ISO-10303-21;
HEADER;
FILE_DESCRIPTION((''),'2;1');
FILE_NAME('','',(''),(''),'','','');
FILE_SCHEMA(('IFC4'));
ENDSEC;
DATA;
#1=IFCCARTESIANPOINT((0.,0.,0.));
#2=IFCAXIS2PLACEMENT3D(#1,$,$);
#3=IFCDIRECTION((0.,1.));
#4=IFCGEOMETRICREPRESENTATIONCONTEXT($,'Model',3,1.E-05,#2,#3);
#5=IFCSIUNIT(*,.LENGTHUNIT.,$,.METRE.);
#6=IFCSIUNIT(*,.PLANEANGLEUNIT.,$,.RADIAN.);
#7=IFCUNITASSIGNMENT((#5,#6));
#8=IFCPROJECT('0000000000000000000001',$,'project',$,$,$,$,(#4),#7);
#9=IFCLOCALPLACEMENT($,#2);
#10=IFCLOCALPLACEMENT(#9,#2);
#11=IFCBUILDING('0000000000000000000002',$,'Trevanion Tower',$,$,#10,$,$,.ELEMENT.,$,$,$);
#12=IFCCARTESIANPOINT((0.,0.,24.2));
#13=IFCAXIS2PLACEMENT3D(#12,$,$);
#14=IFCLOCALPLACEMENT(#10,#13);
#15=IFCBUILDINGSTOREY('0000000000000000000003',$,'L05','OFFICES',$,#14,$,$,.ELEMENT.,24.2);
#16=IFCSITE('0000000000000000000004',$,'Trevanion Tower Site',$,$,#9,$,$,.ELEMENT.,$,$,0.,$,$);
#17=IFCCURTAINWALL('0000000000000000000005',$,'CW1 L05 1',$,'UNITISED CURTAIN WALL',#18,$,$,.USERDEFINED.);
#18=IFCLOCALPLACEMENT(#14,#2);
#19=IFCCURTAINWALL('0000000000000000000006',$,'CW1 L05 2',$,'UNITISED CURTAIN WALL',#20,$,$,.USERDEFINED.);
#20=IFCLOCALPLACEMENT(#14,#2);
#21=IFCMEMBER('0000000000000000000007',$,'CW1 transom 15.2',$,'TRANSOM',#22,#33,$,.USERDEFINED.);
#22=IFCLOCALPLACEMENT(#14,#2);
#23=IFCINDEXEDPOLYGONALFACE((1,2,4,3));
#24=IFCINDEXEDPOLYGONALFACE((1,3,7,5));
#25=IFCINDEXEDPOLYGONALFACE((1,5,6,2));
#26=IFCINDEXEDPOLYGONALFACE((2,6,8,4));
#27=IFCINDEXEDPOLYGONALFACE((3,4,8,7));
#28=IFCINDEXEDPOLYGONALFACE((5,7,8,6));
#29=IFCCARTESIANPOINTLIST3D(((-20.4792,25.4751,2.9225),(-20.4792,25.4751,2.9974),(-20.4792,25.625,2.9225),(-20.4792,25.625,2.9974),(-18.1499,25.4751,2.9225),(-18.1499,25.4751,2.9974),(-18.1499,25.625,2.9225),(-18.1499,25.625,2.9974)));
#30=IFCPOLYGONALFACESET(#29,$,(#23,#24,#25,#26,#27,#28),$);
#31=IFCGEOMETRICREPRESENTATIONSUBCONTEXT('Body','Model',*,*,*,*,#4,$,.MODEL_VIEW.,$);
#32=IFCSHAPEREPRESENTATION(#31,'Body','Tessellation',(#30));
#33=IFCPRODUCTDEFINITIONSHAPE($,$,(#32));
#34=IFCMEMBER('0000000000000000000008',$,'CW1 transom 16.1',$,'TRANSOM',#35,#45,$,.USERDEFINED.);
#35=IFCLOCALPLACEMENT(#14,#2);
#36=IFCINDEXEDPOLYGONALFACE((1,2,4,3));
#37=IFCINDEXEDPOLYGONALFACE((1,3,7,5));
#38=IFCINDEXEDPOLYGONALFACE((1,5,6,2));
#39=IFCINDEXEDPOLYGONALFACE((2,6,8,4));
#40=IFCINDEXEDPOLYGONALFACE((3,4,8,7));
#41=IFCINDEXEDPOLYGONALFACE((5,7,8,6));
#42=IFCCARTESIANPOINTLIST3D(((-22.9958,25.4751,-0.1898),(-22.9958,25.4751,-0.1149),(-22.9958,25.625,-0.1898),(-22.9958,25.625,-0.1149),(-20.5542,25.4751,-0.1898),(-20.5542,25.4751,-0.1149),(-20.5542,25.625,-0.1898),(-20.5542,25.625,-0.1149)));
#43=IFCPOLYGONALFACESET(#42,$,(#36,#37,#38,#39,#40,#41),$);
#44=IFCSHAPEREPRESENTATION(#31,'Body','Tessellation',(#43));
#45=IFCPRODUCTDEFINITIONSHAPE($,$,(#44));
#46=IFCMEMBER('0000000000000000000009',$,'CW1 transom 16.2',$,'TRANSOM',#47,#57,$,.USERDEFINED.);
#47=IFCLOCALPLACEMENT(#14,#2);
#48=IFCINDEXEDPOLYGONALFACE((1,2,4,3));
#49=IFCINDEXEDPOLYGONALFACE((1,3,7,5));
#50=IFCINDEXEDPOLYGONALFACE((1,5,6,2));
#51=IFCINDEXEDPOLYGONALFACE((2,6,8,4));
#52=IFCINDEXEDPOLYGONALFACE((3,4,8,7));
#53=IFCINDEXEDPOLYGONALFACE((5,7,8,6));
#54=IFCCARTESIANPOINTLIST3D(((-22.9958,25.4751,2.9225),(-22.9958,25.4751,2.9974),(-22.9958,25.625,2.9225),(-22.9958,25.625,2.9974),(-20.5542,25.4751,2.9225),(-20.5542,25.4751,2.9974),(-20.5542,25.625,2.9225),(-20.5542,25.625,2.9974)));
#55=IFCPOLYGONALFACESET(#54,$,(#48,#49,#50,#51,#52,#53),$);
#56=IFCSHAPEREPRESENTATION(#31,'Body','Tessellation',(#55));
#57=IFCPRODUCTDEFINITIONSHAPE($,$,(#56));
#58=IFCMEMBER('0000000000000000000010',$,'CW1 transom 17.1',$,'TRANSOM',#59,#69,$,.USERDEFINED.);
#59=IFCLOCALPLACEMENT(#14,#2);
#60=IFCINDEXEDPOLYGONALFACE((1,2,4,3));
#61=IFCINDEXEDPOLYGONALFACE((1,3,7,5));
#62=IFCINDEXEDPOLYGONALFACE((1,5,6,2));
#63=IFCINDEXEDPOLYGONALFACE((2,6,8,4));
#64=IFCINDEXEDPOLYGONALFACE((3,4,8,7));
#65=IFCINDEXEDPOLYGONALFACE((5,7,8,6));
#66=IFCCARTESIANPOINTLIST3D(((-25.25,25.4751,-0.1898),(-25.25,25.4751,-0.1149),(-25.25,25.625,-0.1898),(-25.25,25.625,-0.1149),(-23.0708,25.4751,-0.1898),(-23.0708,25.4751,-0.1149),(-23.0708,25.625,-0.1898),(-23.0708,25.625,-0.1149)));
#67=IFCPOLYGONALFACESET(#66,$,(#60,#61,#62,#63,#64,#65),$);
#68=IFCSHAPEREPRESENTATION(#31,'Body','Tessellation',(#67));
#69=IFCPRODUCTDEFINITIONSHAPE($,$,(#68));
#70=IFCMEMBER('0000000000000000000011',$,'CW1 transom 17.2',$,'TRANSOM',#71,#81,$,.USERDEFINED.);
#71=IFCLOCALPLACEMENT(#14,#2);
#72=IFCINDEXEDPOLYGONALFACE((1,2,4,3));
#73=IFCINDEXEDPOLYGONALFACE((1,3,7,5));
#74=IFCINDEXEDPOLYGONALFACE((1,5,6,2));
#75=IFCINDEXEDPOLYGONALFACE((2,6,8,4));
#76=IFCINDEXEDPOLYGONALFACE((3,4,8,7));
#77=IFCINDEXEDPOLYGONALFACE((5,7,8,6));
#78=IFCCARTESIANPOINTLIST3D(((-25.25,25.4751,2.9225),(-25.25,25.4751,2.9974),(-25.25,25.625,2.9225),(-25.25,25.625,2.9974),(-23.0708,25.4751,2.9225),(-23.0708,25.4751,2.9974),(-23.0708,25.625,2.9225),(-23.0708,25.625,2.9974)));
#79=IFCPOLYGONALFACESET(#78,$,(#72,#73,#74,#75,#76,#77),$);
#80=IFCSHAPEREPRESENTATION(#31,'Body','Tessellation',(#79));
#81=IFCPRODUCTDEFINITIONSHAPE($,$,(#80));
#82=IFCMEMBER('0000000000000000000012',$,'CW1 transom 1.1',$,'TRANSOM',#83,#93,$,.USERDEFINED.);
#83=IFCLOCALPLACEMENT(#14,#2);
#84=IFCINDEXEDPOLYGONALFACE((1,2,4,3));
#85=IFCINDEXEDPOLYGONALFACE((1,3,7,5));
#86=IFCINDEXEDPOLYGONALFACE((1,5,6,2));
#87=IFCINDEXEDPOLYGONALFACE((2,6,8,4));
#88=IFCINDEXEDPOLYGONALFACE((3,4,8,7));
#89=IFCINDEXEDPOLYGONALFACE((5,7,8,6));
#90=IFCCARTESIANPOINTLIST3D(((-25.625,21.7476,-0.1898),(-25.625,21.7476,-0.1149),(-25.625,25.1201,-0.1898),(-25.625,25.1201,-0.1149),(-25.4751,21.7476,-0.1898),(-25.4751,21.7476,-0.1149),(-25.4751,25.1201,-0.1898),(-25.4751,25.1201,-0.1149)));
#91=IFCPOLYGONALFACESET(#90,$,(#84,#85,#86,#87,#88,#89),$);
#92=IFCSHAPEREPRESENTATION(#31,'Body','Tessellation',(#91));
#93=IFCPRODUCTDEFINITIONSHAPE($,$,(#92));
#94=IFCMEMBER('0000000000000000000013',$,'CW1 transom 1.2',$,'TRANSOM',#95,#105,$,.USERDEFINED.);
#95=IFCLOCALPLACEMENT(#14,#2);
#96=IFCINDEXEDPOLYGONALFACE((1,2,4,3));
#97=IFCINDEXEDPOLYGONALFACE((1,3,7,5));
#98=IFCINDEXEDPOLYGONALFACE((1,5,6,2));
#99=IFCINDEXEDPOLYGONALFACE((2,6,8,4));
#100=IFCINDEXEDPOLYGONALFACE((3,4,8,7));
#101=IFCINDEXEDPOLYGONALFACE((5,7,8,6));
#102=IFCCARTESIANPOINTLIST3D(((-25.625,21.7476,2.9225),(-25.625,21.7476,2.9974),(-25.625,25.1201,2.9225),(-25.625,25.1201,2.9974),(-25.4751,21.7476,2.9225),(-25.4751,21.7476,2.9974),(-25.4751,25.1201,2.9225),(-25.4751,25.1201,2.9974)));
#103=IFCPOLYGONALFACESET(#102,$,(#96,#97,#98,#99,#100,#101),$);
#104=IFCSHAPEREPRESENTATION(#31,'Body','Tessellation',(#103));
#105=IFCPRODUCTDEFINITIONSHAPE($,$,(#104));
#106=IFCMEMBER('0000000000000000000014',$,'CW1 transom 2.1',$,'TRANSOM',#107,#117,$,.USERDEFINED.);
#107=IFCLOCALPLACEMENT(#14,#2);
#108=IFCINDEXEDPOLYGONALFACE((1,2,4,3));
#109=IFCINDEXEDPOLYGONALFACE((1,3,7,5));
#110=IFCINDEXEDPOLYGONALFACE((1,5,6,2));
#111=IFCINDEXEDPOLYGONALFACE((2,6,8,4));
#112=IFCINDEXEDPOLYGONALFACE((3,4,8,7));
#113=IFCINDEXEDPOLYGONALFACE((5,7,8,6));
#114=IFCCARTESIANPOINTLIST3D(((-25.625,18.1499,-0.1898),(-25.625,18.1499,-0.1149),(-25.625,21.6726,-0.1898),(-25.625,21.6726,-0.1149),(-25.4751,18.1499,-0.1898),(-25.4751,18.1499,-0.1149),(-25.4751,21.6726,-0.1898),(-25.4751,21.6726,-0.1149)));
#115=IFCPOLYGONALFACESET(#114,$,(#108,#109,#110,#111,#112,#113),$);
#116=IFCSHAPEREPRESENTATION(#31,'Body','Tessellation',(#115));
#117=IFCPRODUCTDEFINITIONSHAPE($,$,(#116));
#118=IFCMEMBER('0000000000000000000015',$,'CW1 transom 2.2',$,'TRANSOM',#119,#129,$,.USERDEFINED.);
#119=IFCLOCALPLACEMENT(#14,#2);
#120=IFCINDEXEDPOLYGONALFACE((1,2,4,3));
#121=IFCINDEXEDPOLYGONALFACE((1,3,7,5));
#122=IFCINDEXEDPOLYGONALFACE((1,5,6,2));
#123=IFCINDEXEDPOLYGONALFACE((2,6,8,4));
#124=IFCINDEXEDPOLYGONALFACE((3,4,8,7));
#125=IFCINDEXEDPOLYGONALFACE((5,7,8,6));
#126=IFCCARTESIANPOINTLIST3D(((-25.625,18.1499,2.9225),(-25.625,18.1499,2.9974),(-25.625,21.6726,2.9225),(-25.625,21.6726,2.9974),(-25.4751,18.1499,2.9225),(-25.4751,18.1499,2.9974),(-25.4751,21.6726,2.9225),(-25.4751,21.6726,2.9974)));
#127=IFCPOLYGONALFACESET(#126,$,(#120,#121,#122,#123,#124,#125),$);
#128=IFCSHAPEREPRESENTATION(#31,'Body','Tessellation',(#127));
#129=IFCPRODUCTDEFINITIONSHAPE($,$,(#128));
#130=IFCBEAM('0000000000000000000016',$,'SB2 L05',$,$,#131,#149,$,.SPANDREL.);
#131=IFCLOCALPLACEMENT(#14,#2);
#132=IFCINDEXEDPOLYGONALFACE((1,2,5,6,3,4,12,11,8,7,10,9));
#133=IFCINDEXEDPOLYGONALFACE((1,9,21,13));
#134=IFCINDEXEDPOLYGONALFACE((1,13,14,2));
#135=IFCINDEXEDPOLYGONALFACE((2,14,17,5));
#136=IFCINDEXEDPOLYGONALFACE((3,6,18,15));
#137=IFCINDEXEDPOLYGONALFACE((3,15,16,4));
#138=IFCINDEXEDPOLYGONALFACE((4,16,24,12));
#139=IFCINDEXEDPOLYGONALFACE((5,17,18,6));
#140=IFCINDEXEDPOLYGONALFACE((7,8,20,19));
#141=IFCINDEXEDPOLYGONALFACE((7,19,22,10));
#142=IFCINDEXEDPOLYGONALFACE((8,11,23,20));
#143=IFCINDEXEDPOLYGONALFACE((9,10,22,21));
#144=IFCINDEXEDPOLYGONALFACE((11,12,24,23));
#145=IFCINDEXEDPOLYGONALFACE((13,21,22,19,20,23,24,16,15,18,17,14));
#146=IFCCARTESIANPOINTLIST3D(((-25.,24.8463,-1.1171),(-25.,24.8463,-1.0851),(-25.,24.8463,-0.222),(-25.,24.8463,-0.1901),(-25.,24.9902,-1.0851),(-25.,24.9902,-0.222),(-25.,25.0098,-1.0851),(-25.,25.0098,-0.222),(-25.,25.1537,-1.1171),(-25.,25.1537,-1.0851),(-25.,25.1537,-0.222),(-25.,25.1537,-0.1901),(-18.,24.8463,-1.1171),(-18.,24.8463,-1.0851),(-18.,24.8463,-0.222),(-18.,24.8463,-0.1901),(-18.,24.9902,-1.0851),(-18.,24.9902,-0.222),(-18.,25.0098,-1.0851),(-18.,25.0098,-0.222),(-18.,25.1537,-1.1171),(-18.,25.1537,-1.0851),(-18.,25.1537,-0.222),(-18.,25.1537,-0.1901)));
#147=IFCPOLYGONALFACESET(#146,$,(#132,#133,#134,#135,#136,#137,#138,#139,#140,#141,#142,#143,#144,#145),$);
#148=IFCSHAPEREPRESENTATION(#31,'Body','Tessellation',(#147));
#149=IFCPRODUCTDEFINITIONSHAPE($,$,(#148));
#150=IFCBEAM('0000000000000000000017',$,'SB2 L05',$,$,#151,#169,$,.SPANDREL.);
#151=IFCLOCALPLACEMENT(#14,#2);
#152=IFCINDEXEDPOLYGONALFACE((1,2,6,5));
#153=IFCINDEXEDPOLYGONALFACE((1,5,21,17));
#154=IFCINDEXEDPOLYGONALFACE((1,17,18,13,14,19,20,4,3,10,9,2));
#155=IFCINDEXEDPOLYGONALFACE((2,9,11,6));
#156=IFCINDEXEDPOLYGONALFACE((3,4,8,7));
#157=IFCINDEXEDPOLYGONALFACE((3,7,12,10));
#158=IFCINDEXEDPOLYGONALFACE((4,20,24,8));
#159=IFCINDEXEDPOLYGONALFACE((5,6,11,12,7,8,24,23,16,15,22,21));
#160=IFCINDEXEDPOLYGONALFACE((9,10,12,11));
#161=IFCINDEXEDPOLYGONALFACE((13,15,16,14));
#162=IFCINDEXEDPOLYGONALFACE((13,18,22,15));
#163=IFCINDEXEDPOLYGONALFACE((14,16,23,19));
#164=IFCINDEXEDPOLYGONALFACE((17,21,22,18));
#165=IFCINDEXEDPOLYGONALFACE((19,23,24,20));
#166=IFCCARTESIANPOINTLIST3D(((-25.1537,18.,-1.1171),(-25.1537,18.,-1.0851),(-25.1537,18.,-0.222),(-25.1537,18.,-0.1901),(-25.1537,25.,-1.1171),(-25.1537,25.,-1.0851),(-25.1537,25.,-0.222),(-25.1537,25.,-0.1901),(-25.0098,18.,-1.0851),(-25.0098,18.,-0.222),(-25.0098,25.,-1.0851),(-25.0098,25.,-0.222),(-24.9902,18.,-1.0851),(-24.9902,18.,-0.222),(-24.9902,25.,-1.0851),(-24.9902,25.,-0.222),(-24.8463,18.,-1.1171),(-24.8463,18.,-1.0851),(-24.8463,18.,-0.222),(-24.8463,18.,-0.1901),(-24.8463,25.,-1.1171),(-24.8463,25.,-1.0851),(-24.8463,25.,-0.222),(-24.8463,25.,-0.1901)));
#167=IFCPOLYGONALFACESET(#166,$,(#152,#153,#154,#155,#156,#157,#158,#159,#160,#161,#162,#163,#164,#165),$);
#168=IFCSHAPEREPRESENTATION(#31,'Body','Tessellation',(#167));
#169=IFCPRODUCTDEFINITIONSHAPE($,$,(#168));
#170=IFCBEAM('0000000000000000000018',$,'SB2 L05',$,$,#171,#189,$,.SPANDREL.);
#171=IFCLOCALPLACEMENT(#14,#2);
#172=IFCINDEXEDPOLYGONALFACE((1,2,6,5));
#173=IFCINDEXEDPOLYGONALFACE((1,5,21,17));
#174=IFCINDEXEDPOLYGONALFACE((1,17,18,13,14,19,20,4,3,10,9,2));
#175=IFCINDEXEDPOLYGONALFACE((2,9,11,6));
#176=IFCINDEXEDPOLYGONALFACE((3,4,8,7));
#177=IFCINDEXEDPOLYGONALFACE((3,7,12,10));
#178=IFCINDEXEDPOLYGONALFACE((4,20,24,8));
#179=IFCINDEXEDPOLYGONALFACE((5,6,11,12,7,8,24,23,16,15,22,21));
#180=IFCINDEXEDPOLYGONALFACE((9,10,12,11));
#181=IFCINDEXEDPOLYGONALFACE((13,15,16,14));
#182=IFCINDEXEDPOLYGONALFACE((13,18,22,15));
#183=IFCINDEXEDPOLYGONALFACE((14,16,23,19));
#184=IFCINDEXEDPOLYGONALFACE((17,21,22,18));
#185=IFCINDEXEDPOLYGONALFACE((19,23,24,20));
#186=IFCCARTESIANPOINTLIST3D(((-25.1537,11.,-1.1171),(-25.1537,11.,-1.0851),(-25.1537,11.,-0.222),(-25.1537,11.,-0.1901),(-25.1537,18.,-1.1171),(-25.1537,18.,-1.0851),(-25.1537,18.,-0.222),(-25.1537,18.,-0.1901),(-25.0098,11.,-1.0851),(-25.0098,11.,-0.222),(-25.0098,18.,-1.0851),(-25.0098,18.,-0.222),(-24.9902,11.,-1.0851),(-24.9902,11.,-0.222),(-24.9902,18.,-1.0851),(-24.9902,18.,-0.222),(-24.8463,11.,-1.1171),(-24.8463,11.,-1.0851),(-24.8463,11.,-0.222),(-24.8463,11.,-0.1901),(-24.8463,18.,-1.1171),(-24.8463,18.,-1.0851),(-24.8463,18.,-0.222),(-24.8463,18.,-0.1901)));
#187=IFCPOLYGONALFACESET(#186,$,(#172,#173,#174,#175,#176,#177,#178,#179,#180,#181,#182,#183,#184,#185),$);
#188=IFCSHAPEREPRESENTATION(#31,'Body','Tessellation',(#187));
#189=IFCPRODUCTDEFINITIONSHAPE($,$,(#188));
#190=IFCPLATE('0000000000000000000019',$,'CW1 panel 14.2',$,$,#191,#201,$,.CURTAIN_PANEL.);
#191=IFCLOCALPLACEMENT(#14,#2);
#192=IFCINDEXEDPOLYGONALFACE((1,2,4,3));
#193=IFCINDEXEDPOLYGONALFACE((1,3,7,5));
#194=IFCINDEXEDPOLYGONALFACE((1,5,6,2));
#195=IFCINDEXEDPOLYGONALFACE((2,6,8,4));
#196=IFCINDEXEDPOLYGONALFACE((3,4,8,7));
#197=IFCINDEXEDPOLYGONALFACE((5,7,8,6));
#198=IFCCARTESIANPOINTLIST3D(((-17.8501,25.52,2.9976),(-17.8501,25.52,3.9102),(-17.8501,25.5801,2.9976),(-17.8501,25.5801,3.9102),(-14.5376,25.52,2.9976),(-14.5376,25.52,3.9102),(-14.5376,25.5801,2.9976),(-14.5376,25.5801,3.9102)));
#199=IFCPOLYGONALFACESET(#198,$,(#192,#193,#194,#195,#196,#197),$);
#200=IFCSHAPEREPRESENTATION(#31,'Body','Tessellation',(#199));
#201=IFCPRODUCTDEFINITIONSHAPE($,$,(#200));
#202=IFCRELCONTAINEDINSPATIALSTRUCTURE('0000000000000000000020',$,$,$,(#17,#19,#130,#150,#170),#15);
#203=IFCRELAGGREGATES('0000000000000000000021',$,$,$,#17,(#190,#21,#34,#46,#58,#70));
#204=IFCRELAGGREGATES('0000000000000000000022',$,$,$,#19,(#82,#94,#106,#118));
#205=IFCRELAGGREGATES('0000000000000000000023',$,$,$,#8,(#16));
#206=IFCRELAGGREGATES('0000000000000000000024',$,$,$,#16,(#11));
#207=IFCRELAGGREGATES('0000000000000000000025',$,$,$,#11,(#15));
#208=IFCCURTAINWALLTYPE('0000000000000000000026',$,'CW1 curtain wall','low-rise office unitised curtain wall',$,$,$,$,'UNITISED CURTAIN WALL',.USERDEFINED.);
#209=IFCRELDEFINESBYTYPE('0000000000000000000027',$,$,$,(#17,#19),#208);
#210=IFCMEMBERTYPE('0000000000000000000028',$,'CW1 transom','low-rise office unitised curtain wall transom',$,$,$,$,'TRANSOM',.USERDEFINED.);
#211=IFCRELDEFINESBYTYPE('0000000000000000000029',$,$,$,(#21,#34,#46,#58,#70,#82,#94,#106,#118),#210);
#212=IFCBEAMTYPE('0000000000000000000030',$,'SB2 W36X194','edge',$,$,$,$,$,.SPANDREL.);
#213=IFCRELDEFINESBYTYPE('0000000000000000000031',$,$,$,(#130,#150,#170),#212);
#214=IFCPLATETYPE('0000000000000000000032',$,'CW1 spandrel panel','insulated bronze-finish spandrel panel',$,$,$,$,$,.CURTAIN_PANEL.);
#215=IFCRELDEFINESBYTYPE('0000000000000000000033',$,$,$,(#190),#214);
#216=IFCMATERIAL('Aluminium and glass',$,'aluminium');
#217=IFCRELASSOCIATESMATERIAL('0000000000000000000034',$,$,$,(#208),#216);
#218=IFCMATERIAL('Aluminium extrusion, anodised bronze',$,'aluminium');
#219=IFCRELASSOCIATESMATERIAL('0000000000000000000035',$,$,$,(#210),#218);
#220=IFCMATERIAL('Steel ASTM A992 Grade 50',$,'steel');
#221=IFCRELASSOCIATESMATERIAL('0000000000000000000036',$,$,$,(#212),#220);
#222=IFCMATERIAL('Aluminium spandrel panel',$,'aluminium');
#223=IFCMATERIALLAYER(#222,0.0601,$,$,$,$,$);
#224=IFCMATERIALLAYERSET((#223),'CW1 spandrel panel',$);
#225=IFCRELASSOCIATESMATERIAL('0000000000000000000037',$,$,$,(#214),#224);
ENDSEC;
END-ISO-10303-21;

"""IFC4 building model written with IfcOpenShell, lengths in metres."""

from ifc_helpers import new_model, si_unit, direction, frame, origin, origin_2d, place, context, subcontext, project, spatial, rectangle, i_section, extrude, material, layer, layer_set, material_profile, profile_set, type_object, element, aggregate, save


model = new_model("IFC4")

# Units and contexts
model_context = context("Model", 3, precision=1e-05, world=origin(), true_north=direction((0.0, 1.0)))
body_context = subcontext(model_context, "Body", "Model", "MODEL_VIEW")
ifc_project = project(units=[si_unit("LENGTHUNIT", "METRE"), si_unit("PLANEANGLEUNIT", "RADIAN")], contexts=[model_context])

# Site, building, storey
site_placement = place(None, origin())
site = spatial("IfcSite", under=ifc_project, at=site_placement, Name="Trevanion Tower Site", CompositionType="ELEMENT", RefElevation=0.0)
building_placement = place(site_placement, origin())
building = spatial("IfcBuilding", under=site, at=building_placement, Name="Trevanion Tower", CompositionType="ELEMENT")
storey_placement = place(building_placement, frame((0.0, 0.0, 24.2)))
storey = spatial("IfcBuildingStorey", under=building, at=storey_placement, Name="L05", Description="OFFICES", CompositionType="ELEMENT", Elevation=24.2)

# Curtain wall
ifc_material_1 = material(Name="Aluminium and glass", Category="aluminium")
curtain_wall_type = type_object("IfcCurtainWallType", Name="CW1 curtain wall", Description="low-rise office unitised curtain wall", ElementType="UNITISED CURTAIN WALL", PredefinedType="USERDEFINED", material=ifc_material_1)
curtain_wall_1_placement = place(storey_placement, origin())
curtain_wall_1 = element("IfcCurtainWall", 1, at=curtain_wall_1_placement, inside=storey, type_object=curtain_wall_type, Name="CW1 L05 1", ObjectType="UNITISED CURTAIN WALL", PredefinedType="USERDEFINED")

# Curtain wall
curtain_wall_2_placement = place(storey_placement, origin())
curtain_wall_2 = element("IfcCurtainWall", 2, at=curtain_wall_2_placement, inside=storey, type_object=curtain_wall_type, Name="CW1 L05 2", ObjectType="UNITISED CURTAIN WALL", PredefinedType="USERDEFINED")

# Members
ifc_material_2 = material(Name="Aluminium extrusion, anodised bronze", Category="aluminium")
ifc_material_profile_1 = material_profile(ifc_material_2, rectangle(XDim=0.1499, YDim=0.075, at=origin_2d()), Name="CW1 transom")
ifc_profile_set_1 = profile_set([ifc_material_profile_1], Name="Aluminium extrusion, anodised bronze")
member_type_1 = type_object("IfcMemberType", Name="CW1 transom", Description="low-rise office unitised curtain wall transom", ElementType="TRANSOM", PredefinedType="USERDEFINED", material=ifc_profile_set_1)
member_1_placement = place(storey_placement, frame((-18.1499, 25.55, 2.96), z_axis=(-1.0, 0.0, 0.0), x_axis=(0.0, -1.0, 0.0)))
member_1 = element("IfcMember", 3, at=member_1_placement, type_object=member_type_1, Name="CW1 transom 15.2", ObjectType="TRANSOM", PredefinedType="USERDEFINED", context=body_context, shape_type="SweptSolid", body=[
    extrude(rectangle(XDim=0.1499, YDim=0.075, at=origin_2d()), origin(), (0.0, 0.0, 1.0), 2.3293),
])
member_2_placement = place(storey_placement, frame((-20.5542, 25.55, -0.1523), z_axis=(-1.0, 0.0, 0.0), x_axis=(0.0, -1.0, 0.0)))
member_2 = element("IfcMember", 4, at=member_2_placement, type_object=member_type_1, Name="CW1 transom 16.1", ObjectType="TRANSOM", PredefinedType="USERDEFINED", context=body_context, shape_type="SweptSolid", body=[
    extrude(rectangle(XDim=0.1499, YDim=0.075, at=origin_2d()), origin(), (0.0, 0.0, 1.0), 2.4417),
])
member_3_placement = place(storey_placement, frame((-20.5542, 25.55, 2.96), z_axis=(-1.0, 0.0, 0.0), x_axis=(0.0, -1.0, 0.0)))
member_3 = element("IfcMember", 5, at=member_3_placement, type_object=member_type_1, Name="CW1 transom 16.2", ObjectType="TRANSOM", PredefinedType="USERDEFINED", context=body_context, shape_type="SweptSolid", body=[
    extrude(rectangle(XDim=0.1499, YDim=0.075, at=origin_2d()), origin(), (0.0, 0.0, 1.0), 2.4417),
])
member_4_placement = place(storey_placement, frame((-23.0708, 25.55, -0.1523), z_axis=(-1.0, 0.0, 0.0), x_axis=(0.0, -1.0, 0.0)))
member_4 = element("IfcMember", 6, at=member_4_placement, type_object=member_type_1, Name="CW1 transom 17.1", ObjectType="TRANSOM", PredefinedType="USERDEFINED", context=body_context, shape_type="SweptSolid", body=[
    extrude(rectangle(XDim=0.1499, YDim=0.075, at=origin_2d()), origin(), (0.0, 0.0, 1.0), 2.1792),
])
member_5_placement = place(storey_placement, frame((-23.0708, 25.55, 2.96), z_axis=(-1.0, 0.0, 0.0), x_axis=(0.0, -1.0, 0.0)))
member_5 = element("IfcMember", 7, at=member_5_placement, type_object=member_type_1, Name="CW1 transom 17.2", ObjectType="TRANSOM", PredefinedType="USERDEFINED", context=body_context, shape_type="SweptSolid", body=[
    extrude(rectangle(XDim=0.1499, YDim=0.075, at=origin_2d()), origin(), (0.0, 0.0, 1.0), 2.1792),
])
member_6_placement = place(storey_placement, frame((-25.55, 25.1201, -0.1523), z_axis=(0.0, -1.0, 0.0), x_axis=(1.0, 0.0, 0.0)))
member_6 = element("IfcMember", 8, at=member_6_placement, type_object=member_type_1, Name="CW1 transom 1.1", ObjectType="TRANSOM", PredefinedType="USERDEFINED", context=body_context, shape_type="SweptSolid", body=[
    extrude(rectangle(XDim=0.1499, YDim=0.075, at=origin_2d()), origin(), (0.0, 0.0, 1.0), 3.3726),
])
member_7_placement = place(storey_placement, frame((-25.55, 25.1201, 2.96), z_axis=(0.0, -1.0, 0.0), x_axis=(1.0, 0.0, 0.0)))
member_7 = element("IfcMember", 9, at=member_7_placement, type_object=member_type_1, Name="CW1 transom 1.2", ObjectType="TRANSOM", PredefinedType="USERDEFINED", context=body_context, shape_type="SweptSolid", body=[
    extrude(rectangle(XDim=0.1499, YDim=0.075, at=origin_2d()), origin(), (0.0, 0.0, 1.0), 3.3726),
])
member_8_placement = place(storey_placement, frame((-25.55, 21.6726, -0.1523), z_axis=(0.0, -1.0, 0.0), x_axis=(1.0, 0.0, 0.0)))
member_8 = element("IfcMember", 10, at=member_8_placement, type_object=member_type_1, Name="CW1 transom 2.1", ObjectType="TRANSOM", PredefinedType="USERDEFINED", context=body_context, shape_type="SweptSolid", body=[
    extrude(rectangle(XDim=0.1499, YDim=0.075, at=origin_2d()), origin(), (0.0, 0.0, 1.0), 3.5227),
])
member_9_placement = place(storey_placement, frame((-25.55, 21.6726, 2.96), z_axis=(0.0, -1.0, 0.0), x_axis=(1.0, 0.0, 0.0)))
member_9 = element("IfcMember", 11, at=member_9_placement, type_object=member_type_1, Name="CW1 transom 2.2", ObjectType="TRANSOM", PredefinedType="USERDEFINED", context=body_context, shape_type="SweptSolid", body=[
    extrude(rectangle(XDim=0.1499, YDim=0.075, at=origin_2d()), origin(), (0.0, 0.0, 1.0), 3.5227),
])

# Beams
ifc_material_3 = material(Name="Steel ASTM A992 Grade 50", Category="steel")
ifc_material_profile_2 = material_profile(ifc_material_3, i_section(OverallWidth=0.3074, OverallDepth=0.927, WebThickness=0.0195, FlangeThickness=0.032, at=origin_2d()), Name="W36X194")
ifc_profile_set_2 = profile_set([ifc_material_profile_2], Name="Steel ASTM A992 Grade 50")
beam_type = type_object("IfcBeamType", Name="SB2 W36X194", Description="edge", PredefinedType="SPANDREL", material=ifc_profile_set_2)
for number, where, z_axis, x_axis, name in (
    (12, (-18.0, 25.0, -0.6536), (-1.0, 0.0, 0.0), (0.0, -1.0, 0.0), "SB2 L05"),
    (13, (-25.0, 25.0, -0.6536), (0.0, -1.0, 0.0), (1.0, 0.0, 0.0), "SB2 L05"),
    (14, (-25.0, 18.0, -0.6536), (0.0, -1.0, 0.0), (1.0, 0.0, 0.0), "SB2 L05"),
):
    element("IfcBeam", number, at=place(storey_placement, frame(where, z_axis=z_axis, x_axis=x_axis)), inside=storey, type_object=beam_type, Name=name, PredefinedType="SPANDREL", context=body_context, shape_type="SweptSolid", body=[
        extrude(i_section(OverallWidth=0.3074, OverallDepth=0.927, WebThickness=0.0195, FlangeThickness=0.032, at=origin_2d()), origin(), (0.0, 0.0, 1.0), 7.0),
    ])

# Plate
ifc_material_4 = material(Name="Aluminium spandrel panel", Category="aluminium")
ifc_layer_1 = layer(ifc_material_4, 0.0601)
ifc_layer_set_1 = layer_set([ifc_layer_1], Name="CW1 spandrel panel")
plate_type_1 = type_object("IfcPlateType", Name="CW1 spandrel panel", Description="insulated bronze-finish spandrel panel", PredefinedType="CURTAIN_PANEL", material=ifc_layer_set_1)
plate_1_placement = place(storey_placement, frame((-16.1938, 25.55, 2.9976), z_axis=(0.0, 0.0, 1.0), x_axis=(-1.0, 0.0, 0.0)))
plate_1 = element("IfcPlate", 15, at=plate_1_placement, type_object=plate_type_1, Name="CW1 panel 14.2", PredefinedType="CURTAIN_PANEL", context=body_context, shape_type="SweptSolid", body=[
    extrude(rectangle(XDim=3.3125, YDim=0.0601, at=origin_2d()), origin(), (0.0, 0.0, 1.0), 0.9126),
])
aggregate(curtain_wall_1, [plate_1, member_1, member_2, member_3, member_4, member_5])
aggregate(curtain_wall_2, [member_6, member_7, member_8, member_9])

save(model, "model.ifc")
